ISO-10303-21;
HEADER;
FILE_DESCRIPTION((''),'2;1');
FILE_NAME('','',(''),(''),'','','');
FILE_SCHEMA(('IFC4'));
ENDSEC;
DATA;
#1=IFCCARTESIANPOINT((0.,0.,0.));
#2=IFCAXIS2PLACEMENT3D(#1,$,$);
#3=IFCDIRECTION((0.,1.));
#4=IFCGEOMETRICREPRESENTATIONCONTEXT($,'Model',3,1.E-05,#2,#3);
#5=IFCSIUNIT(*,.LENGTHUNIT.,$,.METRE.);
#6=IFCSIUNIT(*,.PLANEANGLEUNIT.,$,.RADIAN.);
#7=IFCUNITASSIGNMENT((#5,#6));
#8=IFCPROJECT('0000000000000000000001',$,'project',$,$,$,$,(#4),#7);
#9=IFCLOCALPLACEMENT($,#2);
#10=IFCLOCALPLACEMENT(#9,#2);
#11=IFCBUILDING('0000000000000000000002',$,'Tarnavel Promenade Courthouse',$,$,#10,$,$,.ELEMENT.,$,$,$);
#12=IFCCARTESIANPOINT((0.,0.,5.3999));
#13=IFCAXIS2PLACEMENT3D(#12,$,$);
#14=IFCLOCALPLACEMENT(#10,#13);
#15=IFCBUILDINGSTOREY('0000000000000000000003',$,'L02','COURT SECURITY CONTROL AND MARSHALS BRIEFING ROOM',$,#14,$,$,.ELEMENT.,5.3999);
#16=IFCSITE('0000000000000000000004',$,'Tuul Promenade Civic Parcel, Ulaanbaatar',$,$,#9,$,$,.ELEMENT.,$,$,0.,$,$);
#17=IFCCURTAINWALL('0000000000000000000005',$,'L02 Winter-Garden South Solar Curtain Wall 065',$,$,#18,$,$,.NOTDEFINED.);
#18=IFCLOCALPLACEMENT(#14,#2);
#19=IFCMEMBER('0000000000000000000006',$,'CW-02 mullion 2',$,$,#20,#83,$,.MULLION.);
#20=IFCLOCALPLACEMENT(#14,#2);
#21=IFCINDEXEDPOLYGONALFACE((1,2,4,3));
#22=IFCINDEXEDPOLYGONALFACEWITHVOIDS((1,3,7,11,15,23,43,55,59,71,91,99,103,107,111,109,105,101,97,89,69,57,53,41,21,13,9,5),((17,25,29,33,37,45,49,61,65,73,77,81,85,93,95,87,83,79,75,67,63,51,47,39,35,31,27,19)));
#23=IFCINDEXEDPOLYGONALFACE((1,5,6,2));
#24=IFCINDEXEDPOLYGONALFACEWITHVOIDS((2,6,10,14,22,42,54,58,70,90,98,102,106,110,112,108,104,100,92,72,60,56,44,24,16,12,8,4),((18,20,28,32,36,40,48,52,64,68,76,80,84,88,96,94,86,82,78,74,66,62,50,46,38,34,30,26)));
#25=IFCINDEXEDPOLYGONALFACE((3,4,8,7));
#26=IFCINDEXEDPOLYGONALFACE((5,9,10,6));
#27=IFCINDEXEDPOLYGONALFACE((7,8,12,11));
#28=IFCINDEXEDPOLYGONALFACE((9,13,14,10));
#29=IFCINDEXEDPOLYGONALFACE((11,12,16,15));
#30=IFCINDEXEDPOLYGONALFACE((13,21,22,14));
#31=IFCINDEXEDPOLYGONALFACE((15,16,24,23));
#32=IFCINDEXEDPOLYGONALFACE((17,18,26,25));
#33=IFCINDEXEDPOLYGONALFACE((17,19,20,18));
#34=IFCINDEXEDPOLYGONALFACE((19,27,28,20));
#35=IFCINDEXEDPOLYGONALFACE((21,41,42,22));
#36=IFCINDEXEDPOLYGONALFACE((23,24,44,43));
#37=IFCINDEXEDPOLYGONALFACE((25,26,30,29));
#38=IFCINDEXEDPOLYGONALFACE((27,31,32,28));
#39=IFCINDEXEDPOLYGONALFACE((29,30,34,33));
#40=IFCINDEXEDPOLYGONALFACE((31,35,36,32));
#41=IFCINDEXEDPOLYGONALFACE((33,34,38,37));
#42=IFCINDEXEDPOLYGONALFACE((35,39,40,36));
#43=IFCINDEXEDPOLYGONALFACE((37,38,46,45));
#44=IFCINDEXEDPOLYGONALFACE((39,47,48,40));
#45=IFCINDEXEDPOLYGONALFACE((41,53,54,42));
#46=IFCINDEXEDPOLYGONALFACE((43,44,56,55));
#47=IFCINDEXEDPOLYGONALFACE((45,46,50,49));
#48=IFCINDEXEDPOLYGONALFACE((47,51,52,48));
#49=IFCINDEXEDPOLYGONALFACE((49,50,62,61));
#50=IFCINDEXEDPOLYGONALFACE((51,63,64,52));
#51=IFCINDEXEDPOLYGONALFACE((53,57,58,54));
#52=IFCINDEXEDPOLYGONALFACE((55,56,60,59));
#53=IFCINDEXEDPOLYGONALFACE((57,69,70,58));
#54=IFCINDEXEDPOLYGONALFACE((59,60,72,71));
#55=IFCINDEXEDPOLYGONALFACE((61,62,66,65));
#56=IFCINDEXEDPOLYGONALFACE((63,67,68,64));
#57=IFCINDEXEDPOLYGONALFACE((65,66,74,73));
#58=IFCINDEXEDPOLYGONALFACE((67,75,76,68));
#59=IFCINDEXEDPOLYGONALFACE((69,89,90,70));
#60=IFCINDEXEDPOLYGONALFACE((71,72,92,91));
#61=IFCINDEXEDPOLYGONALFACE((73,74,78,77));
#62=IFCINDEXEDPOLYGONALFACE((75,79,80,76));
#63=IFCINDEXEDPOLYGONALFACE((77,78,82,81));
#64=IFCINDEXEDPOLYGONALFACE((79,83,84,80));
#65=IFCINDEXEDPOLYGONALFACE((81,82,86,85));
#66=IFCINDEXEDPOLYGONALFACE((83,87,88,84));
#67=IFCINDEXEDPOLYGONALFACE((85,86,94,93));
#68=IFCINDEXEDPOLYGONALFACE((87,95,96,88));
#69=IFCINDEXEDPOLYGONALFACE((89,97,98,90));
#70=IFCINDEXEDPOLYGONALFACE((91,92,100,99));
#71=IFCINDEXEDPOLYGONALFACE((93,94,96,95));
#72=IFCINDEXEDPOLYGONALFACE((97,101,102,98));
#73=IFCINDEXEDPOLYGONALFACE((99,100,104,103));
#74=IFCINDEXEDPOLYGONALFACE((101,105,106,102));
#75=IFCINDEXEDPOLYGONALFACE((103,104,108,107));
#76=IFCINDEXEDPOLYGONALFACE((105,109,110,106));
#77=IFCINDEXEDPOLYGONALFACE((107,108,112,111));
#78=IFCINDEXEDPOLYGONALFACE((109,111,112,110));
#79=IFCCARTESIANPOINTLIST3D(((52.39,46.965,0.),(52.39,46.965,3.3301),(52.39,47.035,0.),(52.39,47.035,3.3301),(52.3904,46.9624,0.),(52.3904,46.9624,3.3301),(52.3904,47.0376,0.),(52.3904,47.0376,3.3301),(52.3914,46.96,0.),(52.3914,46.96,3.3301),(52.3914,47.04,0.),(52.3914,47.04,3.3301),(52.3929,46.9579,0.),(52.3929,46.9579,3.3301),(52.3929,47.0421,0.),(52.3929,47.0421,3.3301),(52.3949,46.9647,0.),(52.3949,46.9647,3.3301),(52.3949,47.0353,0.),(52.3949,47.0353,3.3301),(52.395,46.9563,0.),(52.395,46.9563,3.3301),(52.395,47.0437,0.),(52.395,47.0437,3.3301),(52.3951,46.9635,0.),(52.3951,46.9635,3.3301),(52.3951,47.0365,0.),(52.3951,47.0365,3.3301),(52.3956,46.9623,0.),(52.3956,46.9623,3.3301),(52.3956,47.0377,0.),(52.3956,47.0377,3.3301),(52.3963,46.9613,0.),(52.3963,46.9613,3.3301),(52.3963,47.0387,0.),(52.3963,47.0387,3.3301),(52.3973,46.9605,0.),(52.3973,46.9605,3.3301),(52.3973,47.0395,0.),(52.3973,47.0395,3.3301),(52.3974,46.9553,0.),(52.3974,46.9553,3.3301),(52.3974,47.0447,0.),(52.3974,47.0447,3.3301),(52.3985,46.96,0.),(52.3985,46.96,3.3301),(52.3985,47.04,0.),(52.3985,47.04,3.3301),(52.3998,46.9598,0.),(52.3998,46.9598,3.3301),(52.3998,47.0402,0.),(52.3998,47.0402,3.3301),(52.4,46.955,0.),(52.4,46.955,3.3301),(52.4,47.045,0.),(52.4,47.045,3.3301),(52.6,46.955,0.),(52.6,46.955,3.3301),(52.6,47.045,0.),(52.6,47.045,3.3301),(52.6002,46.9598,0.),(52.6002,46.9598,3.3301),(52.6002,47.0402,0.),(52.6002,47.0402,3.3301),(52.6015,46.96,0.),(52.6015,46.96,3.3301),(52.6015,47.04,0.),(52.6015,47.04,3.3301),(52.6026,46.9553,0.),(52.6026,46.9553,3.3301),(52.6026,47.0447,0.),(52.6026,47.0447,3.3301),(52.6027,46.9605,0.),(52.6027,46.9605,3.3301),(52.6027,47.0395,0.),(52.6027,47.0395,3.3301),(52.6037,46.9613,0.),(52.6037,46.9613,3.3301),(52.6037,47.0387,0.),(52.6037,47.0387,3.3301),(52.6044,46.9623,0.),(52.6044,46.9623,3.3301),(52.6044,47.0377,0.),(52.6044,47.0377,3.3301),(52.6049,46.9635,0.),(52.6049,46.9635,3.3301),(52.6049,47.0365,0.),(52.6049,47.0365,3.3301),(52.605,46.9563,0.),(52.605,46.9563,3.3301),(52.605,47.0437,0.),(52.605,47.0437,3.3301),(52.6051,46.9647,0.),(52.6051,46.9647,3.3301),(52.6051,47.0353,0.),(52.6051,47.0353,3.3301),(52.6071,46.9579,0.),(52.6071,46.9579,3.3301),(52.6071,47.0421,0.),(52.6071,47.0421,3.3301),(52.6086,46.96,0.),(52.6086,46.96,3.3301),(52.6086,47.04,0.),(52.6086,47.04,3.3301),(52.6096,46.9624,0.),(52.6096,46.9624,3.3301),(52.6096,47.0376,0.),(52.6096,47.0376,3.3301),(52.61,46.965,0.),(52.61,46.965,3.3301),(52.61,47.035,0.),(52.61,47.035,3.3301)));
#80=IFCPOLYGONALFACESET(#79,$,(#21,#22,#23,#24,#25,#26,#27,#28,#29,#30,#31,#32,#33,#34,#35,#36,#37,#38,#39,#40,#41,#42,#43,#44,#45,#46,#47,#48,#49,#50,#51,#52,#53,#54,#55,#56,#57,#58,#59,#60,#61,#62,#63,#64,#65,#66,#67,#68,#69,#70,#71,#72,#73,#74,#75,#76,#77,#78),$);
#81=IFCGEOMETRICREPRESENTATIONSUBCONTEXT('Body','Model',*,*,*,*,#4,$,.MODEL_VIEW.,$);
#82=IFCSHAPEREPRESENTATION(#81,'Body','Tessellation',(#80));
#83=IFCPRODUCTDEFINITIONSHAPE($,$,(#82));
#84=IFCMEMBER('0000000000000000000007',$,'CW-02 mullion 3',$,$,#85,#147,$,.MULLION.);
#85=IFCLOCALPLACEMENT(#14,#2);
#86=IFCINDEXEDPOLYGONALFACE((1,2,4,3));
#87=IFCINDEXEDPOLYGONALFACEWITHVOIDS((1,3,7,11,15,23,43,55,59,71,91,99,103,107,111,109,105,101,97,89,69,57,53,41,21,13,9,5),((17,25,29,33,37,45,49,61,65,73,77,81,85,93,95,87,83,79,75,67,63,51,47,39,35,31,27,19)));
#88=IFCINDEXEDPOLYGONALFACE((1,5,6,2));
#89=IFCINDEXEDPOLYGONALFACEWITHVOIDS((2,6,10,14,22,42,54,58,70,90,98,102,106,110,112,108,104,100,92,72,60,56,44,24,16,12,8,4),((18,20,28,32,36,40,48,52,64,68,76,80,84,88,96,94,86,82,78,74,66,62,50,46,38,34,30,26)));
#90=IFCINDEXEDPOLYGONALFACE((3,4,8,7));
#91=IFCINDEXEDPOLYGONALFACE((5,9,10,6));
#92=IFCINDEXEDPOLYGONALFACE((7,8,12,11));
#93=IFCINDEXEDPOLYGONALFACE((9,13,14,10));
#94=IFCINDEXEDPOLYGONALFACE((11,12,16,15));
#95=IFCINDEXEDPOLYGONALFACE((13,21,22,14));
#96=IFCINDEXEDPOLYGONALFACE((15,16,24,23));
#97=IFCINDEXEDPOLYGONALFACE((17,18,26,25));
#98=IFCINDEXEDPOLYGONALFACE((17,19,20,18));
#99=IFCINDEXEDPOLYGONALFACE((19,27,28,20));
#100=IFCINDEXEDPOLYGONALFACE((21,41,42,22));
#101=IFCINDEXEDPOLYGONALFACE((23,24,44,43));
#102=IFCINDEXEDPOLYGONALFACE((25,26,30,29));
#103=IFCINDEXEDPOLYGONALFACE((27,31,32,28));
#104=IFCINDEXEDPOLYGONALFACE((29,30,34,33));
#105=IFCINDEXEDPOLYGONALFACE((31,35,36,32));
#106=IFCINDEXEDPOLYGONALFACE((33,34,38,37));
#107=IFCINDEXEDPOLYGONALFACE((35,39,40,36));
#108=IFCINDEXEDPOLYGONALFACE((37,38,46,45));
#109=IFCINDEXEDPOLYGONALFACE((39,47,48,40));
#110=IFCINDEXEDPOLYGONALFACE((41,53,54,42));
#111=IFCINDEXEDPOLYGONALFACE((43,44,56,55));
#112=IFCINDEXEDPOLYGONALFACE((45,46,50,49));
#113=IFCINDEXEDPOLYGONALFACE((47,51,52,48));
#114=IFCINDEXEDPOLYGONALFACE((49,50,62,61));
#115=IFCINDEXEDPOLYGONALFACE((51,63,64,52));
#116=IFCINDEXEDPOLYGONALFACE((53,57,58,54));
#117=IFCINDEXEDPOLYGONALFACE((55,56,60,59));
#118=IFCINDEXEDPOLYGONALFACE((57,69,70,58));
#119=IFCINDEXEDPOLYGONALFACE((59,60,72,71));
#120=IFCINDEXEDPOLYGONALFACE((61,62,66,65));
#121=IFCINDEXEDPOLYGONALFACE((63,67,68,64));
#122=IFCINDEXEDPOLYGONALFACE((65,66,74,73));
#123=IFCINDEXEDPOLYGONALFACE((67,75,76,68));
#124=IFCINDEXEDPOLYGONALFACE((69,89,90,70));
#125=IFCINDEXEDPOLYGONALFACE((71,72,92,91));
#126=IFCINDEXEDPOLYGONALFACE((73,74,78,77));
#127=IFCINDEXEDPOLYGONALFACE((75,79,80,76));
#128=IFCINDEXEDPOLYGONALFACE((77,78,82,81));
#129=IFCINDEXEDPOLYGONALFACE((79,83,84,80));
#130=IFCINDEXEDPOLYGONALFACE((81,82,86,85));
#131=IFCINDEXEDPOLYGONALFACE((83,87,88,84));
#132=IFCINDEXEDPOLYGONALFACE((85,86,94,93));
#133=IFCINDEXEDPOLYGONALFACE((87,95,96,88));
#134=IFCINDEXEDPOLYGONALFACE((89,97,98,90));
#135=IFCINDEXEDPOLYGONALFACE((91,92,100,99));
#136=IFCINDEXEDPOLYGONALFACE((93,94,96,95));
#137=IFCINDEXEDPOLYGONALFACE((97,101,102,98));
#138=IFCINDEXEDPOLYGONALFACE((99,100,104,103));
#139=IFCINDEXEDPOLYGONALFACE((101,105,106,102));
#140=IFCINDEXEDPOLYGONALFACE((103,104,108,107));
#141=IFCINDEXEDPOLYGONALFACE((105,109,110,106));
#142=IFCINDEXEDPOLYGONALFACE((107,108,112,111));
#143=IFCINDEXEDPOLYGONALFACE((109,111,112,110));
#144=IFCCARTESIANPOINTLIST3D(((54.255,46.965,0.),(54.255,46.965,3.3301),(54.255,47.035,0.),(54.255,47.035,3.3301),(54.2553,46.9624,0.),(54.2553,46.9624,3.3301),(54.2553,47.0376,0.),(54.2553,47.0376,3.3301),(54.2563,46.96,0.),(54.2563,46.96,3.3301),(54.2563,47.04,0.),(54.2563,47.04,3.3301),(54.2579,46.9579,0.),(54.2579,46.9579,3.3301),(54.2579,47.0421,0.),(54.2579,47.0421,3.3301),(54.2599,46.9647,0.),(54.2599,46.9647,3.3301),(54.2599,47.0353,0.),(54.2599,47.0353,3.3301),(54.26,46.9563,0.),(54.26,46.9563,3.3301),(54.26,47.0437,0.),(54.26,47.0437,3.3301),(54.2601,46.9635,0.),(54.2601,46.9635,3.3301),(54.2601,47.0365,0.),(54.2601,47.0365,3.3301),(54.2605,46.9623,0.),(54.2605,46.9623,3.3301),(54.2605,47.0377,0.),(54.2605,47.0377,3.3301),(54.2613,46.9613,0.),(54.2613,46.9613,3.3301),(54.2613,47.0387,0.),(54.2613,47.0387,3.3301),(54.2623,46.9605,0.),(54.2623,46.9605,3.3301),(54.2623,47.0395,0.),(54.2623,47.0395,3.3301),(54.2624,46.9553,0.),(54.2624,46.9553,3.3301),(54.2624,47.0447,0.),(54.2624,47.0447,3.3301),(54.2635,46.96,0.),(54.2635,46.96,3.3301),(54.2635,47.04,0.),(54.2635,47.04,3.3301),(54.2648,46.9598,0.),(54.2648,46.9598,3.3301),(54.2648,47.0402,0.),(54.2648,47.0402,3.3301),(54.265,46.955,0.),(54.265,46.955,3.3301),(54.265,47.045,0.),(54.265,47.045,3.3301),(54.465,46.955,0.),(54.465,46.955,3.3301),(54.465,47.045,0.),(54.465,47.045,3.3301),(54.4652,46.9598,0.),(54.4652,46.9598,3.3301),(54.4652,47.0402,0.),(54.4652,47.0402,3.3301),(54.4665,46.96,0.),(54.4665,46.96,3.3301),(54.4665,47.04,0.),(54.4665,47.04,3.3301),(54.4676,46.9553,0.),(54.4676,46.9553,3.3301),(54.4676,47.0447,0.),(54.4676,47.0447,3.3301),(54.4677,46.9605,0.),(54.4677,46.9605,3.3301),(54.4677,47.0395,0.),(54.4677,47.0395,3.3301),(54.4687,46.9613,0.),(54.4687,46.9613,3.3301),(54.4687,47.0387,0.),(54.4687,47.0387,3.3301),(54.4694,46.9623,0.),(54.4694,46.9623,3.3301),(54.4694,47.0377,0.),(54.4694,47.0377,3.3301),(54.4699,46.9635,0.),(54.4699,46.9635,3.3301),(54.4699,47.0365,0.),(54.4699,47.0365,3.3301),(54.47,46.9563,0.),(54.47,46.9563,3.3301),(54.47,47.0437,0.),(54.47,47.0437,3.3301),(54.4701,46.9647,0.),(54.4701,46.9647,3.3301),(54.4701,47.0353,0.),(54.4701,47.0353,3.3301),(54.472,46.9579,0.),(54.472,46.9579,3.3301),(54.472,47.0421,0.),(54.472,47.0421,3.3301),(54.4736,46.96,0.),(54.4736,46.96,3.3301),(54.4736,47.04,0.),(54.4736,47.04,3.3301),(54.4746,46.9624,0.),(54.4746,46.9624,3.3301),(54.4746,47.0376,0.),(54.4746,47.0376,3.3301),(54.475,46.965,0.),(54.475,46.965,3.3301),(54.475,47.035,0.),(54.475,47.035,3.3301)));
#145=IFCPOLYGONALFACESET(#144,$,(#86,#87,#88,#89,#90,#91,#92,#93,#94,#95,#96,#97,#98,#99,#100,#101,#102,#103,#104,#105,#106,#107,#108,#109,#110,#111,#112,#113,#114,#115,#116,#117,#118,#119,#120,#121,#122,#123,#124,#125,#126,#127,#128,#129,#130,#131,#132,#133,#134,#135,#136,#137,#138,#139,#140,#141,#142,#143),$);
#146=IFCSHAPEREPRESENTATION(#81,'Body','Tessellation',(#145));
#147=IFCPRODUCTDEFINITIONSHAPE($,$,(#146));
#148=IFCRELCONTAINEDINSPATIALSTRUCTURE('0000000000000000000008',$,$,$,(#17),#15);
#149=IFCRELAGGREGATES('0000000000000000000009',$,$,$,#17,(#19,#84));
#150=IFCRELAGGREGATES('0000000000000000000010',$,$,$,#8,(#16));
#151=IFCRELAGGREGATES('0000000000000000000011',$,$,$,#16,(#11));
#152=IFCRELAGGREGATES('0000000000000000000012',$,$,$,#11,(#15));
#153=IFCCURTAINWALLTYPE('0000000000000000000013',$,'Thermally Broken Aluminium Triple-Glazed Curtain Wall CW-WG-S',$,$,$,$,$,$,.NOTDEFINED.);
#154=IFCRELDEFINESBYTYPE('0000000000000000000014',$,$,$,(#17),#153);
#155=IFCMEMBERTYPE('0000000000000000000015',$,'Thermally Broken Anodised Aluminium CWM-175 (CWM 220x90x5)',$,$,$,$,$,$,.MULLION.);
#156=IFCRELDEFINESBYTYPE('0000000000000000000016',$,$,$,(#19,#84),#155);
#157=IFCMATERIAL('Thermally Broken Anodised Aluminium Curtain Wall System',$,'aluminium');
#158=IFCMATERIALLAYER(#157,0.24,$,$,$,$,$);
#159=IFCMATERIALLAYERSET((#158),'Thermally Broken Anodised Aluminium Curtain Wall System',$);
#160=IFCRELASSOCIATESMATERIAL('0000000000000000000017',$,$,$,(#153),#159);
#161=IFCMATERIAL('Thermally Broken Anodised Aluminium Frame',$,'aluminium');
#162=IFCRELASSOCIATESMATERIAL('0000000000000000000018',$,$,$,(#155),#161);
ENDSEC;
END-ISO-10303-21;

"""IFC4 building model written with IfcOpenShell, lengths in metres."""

from ifc_helpers import new_model, si_unit, direction, frame, origin, origin_2d, place, context, subcontext, project, spatial, hollow_rectangle, extrude, material, layer, layer_set, material_profile, profile_set, type_object, element, aggregate, save


model = new_model("IFC4")

# Units and contexts
model_context = context("Model", 3, precision=1e-05, world=origin(), true_north=direction((0.0, 1.0)))
body_context = subcontext(model_context, "Body", "Model", "MODEL_VIEW")
ifc_project = project(units=[si_unit("LENGTHUNIT", "METRE"), si_unit("PLANEANGLEUNIT", "RADIAN")], contexts=[model_context])

# Site, building, storey
site_placement = place(None, origin())
site = spatial("IfcSite", under=ifc_project, at=site_placement, Name="Tuul Promenade Civic Parcel, Ulaanbaatar", CompositionType="ELEMENT", RefElevation=0.0)
building_placement = place(site_placement, origin())
building = spatial("IfcBuilding", under=site, at=building_placement, Name="Tarnavel Promenade Courthouse", CompositionType="ELEMENT")
storey_placement = place(building_placement, frame((0.0, 0.0, 5.3999)))
storey = spatial("IfcBuildingStorey", under=building, at=storey_placement, Name="L02", Description="COURT SECURITY CONTROL AND MARSHALS BRIEFING ROOM", CompositionType="ELEMENT", Elevation=5.3999)

# Curtain wall, members
ifc_material_1 = material(Name="Thermally Broken Anodised Aluminium Curtain Wall System", Category="aluminium")
ifc_layer_1 = layer(ifc_material_1, 0.24)
ifc_layer_set_1 = layer_set([ifc_layer_1], Name="Thermally Broken Anodised Aluminium Curtain Wall System")
curtain_wall_type = type_object("IfcCurtainWallType", Name="Thermally Broken Aluminium Triple-Glazed Curtain Wall CW-WG-S", PredefinedType="NOTDEFINED", material=ifc_layer_set_1)
curtain_wall_1_placement = place(storey_placement, origin())
curtain_wall_1 = element("IfcCurtainWall", 1, at=curtain_wall_1_placement, inside=storey, type_object=curtain_wall_type, Name="L02 Winter-Garden South Solar Curtain Wall 065", PredefinedType="NOTDEFINED")
ifc_material_2 = material(Name="Thermally Broken Anodised Aluminium Frame", Category="aluminium")
ifc_material_profile_1 = material_profile(ifc_material_2, hollow_rectangle(XDim=0.0901, YDim=0.22, WallThickness=0.0049, InnerFilletRadius=0.0049, OuterFilletRadius=0.01, at=origin_2d()), Name="CWM 220x90x5")
ifc_profile_set_1 = profile_set([ifc_material_profile_1], Name="Thermally Broken Anodised Aluminium Frame")
member_type_1 = type_object("IfcMemberType", Name="Thermally Broken Anodised Aluminium CWM-175 (CWM 220x90x5)", PredefinedType="MULLION", material=ifc_profile_set_1)
member_1_placement = place(storey_placement, frame((52.5, 47.0, 0.0), z_axis=(0.0, 0.0, 1.0), x_axis=(0.0, 1.0, 0.0)))
member_1 = element("IfcMember", 2, at=member_1_placement, type_object=member_type_1, Name="CW-02 mullion 2", PredefinedType="MULLION", context=body_context, shape_type="SweptSolid", body=[
    extrude(hollow_rectangle(XDim=0.0901, YDim=0.22, WallThickness=0.0049, InnerFilletRadius=0.0049, OuterFilletRadius=0.01, at=origin_2d()), origin(), (0.0, 0.0, 1.0), 3.3301),
])
member_2_placement = place(storey_placement, frame((54.365, 47.0, 0.0), z_axis=(0.0, 0.0, 1.0), x_axis=(0.0, 1.0, 0.0)))
member_2 = element("IfcMember", 3, at=member_2_placement, type_object=member_type_1, Name="CW-02 mullion 3", PredefinedType="MULLION", context=body_context, shape_type="SweptSolid", body=[
    extrude(hollow_rectangle(XDim=0.0901, YDim=0.22, WallThickness=0.0049, InnerFilletRadius=0.0049, OuterFilletRadius=0.01, at=origin_2d()), origin(), (0.0, 0.0, 1.0), 3.3301),
])

aggregate(curtain_wall_1, [member_1, member_2])

save(model, "model.ifc")
